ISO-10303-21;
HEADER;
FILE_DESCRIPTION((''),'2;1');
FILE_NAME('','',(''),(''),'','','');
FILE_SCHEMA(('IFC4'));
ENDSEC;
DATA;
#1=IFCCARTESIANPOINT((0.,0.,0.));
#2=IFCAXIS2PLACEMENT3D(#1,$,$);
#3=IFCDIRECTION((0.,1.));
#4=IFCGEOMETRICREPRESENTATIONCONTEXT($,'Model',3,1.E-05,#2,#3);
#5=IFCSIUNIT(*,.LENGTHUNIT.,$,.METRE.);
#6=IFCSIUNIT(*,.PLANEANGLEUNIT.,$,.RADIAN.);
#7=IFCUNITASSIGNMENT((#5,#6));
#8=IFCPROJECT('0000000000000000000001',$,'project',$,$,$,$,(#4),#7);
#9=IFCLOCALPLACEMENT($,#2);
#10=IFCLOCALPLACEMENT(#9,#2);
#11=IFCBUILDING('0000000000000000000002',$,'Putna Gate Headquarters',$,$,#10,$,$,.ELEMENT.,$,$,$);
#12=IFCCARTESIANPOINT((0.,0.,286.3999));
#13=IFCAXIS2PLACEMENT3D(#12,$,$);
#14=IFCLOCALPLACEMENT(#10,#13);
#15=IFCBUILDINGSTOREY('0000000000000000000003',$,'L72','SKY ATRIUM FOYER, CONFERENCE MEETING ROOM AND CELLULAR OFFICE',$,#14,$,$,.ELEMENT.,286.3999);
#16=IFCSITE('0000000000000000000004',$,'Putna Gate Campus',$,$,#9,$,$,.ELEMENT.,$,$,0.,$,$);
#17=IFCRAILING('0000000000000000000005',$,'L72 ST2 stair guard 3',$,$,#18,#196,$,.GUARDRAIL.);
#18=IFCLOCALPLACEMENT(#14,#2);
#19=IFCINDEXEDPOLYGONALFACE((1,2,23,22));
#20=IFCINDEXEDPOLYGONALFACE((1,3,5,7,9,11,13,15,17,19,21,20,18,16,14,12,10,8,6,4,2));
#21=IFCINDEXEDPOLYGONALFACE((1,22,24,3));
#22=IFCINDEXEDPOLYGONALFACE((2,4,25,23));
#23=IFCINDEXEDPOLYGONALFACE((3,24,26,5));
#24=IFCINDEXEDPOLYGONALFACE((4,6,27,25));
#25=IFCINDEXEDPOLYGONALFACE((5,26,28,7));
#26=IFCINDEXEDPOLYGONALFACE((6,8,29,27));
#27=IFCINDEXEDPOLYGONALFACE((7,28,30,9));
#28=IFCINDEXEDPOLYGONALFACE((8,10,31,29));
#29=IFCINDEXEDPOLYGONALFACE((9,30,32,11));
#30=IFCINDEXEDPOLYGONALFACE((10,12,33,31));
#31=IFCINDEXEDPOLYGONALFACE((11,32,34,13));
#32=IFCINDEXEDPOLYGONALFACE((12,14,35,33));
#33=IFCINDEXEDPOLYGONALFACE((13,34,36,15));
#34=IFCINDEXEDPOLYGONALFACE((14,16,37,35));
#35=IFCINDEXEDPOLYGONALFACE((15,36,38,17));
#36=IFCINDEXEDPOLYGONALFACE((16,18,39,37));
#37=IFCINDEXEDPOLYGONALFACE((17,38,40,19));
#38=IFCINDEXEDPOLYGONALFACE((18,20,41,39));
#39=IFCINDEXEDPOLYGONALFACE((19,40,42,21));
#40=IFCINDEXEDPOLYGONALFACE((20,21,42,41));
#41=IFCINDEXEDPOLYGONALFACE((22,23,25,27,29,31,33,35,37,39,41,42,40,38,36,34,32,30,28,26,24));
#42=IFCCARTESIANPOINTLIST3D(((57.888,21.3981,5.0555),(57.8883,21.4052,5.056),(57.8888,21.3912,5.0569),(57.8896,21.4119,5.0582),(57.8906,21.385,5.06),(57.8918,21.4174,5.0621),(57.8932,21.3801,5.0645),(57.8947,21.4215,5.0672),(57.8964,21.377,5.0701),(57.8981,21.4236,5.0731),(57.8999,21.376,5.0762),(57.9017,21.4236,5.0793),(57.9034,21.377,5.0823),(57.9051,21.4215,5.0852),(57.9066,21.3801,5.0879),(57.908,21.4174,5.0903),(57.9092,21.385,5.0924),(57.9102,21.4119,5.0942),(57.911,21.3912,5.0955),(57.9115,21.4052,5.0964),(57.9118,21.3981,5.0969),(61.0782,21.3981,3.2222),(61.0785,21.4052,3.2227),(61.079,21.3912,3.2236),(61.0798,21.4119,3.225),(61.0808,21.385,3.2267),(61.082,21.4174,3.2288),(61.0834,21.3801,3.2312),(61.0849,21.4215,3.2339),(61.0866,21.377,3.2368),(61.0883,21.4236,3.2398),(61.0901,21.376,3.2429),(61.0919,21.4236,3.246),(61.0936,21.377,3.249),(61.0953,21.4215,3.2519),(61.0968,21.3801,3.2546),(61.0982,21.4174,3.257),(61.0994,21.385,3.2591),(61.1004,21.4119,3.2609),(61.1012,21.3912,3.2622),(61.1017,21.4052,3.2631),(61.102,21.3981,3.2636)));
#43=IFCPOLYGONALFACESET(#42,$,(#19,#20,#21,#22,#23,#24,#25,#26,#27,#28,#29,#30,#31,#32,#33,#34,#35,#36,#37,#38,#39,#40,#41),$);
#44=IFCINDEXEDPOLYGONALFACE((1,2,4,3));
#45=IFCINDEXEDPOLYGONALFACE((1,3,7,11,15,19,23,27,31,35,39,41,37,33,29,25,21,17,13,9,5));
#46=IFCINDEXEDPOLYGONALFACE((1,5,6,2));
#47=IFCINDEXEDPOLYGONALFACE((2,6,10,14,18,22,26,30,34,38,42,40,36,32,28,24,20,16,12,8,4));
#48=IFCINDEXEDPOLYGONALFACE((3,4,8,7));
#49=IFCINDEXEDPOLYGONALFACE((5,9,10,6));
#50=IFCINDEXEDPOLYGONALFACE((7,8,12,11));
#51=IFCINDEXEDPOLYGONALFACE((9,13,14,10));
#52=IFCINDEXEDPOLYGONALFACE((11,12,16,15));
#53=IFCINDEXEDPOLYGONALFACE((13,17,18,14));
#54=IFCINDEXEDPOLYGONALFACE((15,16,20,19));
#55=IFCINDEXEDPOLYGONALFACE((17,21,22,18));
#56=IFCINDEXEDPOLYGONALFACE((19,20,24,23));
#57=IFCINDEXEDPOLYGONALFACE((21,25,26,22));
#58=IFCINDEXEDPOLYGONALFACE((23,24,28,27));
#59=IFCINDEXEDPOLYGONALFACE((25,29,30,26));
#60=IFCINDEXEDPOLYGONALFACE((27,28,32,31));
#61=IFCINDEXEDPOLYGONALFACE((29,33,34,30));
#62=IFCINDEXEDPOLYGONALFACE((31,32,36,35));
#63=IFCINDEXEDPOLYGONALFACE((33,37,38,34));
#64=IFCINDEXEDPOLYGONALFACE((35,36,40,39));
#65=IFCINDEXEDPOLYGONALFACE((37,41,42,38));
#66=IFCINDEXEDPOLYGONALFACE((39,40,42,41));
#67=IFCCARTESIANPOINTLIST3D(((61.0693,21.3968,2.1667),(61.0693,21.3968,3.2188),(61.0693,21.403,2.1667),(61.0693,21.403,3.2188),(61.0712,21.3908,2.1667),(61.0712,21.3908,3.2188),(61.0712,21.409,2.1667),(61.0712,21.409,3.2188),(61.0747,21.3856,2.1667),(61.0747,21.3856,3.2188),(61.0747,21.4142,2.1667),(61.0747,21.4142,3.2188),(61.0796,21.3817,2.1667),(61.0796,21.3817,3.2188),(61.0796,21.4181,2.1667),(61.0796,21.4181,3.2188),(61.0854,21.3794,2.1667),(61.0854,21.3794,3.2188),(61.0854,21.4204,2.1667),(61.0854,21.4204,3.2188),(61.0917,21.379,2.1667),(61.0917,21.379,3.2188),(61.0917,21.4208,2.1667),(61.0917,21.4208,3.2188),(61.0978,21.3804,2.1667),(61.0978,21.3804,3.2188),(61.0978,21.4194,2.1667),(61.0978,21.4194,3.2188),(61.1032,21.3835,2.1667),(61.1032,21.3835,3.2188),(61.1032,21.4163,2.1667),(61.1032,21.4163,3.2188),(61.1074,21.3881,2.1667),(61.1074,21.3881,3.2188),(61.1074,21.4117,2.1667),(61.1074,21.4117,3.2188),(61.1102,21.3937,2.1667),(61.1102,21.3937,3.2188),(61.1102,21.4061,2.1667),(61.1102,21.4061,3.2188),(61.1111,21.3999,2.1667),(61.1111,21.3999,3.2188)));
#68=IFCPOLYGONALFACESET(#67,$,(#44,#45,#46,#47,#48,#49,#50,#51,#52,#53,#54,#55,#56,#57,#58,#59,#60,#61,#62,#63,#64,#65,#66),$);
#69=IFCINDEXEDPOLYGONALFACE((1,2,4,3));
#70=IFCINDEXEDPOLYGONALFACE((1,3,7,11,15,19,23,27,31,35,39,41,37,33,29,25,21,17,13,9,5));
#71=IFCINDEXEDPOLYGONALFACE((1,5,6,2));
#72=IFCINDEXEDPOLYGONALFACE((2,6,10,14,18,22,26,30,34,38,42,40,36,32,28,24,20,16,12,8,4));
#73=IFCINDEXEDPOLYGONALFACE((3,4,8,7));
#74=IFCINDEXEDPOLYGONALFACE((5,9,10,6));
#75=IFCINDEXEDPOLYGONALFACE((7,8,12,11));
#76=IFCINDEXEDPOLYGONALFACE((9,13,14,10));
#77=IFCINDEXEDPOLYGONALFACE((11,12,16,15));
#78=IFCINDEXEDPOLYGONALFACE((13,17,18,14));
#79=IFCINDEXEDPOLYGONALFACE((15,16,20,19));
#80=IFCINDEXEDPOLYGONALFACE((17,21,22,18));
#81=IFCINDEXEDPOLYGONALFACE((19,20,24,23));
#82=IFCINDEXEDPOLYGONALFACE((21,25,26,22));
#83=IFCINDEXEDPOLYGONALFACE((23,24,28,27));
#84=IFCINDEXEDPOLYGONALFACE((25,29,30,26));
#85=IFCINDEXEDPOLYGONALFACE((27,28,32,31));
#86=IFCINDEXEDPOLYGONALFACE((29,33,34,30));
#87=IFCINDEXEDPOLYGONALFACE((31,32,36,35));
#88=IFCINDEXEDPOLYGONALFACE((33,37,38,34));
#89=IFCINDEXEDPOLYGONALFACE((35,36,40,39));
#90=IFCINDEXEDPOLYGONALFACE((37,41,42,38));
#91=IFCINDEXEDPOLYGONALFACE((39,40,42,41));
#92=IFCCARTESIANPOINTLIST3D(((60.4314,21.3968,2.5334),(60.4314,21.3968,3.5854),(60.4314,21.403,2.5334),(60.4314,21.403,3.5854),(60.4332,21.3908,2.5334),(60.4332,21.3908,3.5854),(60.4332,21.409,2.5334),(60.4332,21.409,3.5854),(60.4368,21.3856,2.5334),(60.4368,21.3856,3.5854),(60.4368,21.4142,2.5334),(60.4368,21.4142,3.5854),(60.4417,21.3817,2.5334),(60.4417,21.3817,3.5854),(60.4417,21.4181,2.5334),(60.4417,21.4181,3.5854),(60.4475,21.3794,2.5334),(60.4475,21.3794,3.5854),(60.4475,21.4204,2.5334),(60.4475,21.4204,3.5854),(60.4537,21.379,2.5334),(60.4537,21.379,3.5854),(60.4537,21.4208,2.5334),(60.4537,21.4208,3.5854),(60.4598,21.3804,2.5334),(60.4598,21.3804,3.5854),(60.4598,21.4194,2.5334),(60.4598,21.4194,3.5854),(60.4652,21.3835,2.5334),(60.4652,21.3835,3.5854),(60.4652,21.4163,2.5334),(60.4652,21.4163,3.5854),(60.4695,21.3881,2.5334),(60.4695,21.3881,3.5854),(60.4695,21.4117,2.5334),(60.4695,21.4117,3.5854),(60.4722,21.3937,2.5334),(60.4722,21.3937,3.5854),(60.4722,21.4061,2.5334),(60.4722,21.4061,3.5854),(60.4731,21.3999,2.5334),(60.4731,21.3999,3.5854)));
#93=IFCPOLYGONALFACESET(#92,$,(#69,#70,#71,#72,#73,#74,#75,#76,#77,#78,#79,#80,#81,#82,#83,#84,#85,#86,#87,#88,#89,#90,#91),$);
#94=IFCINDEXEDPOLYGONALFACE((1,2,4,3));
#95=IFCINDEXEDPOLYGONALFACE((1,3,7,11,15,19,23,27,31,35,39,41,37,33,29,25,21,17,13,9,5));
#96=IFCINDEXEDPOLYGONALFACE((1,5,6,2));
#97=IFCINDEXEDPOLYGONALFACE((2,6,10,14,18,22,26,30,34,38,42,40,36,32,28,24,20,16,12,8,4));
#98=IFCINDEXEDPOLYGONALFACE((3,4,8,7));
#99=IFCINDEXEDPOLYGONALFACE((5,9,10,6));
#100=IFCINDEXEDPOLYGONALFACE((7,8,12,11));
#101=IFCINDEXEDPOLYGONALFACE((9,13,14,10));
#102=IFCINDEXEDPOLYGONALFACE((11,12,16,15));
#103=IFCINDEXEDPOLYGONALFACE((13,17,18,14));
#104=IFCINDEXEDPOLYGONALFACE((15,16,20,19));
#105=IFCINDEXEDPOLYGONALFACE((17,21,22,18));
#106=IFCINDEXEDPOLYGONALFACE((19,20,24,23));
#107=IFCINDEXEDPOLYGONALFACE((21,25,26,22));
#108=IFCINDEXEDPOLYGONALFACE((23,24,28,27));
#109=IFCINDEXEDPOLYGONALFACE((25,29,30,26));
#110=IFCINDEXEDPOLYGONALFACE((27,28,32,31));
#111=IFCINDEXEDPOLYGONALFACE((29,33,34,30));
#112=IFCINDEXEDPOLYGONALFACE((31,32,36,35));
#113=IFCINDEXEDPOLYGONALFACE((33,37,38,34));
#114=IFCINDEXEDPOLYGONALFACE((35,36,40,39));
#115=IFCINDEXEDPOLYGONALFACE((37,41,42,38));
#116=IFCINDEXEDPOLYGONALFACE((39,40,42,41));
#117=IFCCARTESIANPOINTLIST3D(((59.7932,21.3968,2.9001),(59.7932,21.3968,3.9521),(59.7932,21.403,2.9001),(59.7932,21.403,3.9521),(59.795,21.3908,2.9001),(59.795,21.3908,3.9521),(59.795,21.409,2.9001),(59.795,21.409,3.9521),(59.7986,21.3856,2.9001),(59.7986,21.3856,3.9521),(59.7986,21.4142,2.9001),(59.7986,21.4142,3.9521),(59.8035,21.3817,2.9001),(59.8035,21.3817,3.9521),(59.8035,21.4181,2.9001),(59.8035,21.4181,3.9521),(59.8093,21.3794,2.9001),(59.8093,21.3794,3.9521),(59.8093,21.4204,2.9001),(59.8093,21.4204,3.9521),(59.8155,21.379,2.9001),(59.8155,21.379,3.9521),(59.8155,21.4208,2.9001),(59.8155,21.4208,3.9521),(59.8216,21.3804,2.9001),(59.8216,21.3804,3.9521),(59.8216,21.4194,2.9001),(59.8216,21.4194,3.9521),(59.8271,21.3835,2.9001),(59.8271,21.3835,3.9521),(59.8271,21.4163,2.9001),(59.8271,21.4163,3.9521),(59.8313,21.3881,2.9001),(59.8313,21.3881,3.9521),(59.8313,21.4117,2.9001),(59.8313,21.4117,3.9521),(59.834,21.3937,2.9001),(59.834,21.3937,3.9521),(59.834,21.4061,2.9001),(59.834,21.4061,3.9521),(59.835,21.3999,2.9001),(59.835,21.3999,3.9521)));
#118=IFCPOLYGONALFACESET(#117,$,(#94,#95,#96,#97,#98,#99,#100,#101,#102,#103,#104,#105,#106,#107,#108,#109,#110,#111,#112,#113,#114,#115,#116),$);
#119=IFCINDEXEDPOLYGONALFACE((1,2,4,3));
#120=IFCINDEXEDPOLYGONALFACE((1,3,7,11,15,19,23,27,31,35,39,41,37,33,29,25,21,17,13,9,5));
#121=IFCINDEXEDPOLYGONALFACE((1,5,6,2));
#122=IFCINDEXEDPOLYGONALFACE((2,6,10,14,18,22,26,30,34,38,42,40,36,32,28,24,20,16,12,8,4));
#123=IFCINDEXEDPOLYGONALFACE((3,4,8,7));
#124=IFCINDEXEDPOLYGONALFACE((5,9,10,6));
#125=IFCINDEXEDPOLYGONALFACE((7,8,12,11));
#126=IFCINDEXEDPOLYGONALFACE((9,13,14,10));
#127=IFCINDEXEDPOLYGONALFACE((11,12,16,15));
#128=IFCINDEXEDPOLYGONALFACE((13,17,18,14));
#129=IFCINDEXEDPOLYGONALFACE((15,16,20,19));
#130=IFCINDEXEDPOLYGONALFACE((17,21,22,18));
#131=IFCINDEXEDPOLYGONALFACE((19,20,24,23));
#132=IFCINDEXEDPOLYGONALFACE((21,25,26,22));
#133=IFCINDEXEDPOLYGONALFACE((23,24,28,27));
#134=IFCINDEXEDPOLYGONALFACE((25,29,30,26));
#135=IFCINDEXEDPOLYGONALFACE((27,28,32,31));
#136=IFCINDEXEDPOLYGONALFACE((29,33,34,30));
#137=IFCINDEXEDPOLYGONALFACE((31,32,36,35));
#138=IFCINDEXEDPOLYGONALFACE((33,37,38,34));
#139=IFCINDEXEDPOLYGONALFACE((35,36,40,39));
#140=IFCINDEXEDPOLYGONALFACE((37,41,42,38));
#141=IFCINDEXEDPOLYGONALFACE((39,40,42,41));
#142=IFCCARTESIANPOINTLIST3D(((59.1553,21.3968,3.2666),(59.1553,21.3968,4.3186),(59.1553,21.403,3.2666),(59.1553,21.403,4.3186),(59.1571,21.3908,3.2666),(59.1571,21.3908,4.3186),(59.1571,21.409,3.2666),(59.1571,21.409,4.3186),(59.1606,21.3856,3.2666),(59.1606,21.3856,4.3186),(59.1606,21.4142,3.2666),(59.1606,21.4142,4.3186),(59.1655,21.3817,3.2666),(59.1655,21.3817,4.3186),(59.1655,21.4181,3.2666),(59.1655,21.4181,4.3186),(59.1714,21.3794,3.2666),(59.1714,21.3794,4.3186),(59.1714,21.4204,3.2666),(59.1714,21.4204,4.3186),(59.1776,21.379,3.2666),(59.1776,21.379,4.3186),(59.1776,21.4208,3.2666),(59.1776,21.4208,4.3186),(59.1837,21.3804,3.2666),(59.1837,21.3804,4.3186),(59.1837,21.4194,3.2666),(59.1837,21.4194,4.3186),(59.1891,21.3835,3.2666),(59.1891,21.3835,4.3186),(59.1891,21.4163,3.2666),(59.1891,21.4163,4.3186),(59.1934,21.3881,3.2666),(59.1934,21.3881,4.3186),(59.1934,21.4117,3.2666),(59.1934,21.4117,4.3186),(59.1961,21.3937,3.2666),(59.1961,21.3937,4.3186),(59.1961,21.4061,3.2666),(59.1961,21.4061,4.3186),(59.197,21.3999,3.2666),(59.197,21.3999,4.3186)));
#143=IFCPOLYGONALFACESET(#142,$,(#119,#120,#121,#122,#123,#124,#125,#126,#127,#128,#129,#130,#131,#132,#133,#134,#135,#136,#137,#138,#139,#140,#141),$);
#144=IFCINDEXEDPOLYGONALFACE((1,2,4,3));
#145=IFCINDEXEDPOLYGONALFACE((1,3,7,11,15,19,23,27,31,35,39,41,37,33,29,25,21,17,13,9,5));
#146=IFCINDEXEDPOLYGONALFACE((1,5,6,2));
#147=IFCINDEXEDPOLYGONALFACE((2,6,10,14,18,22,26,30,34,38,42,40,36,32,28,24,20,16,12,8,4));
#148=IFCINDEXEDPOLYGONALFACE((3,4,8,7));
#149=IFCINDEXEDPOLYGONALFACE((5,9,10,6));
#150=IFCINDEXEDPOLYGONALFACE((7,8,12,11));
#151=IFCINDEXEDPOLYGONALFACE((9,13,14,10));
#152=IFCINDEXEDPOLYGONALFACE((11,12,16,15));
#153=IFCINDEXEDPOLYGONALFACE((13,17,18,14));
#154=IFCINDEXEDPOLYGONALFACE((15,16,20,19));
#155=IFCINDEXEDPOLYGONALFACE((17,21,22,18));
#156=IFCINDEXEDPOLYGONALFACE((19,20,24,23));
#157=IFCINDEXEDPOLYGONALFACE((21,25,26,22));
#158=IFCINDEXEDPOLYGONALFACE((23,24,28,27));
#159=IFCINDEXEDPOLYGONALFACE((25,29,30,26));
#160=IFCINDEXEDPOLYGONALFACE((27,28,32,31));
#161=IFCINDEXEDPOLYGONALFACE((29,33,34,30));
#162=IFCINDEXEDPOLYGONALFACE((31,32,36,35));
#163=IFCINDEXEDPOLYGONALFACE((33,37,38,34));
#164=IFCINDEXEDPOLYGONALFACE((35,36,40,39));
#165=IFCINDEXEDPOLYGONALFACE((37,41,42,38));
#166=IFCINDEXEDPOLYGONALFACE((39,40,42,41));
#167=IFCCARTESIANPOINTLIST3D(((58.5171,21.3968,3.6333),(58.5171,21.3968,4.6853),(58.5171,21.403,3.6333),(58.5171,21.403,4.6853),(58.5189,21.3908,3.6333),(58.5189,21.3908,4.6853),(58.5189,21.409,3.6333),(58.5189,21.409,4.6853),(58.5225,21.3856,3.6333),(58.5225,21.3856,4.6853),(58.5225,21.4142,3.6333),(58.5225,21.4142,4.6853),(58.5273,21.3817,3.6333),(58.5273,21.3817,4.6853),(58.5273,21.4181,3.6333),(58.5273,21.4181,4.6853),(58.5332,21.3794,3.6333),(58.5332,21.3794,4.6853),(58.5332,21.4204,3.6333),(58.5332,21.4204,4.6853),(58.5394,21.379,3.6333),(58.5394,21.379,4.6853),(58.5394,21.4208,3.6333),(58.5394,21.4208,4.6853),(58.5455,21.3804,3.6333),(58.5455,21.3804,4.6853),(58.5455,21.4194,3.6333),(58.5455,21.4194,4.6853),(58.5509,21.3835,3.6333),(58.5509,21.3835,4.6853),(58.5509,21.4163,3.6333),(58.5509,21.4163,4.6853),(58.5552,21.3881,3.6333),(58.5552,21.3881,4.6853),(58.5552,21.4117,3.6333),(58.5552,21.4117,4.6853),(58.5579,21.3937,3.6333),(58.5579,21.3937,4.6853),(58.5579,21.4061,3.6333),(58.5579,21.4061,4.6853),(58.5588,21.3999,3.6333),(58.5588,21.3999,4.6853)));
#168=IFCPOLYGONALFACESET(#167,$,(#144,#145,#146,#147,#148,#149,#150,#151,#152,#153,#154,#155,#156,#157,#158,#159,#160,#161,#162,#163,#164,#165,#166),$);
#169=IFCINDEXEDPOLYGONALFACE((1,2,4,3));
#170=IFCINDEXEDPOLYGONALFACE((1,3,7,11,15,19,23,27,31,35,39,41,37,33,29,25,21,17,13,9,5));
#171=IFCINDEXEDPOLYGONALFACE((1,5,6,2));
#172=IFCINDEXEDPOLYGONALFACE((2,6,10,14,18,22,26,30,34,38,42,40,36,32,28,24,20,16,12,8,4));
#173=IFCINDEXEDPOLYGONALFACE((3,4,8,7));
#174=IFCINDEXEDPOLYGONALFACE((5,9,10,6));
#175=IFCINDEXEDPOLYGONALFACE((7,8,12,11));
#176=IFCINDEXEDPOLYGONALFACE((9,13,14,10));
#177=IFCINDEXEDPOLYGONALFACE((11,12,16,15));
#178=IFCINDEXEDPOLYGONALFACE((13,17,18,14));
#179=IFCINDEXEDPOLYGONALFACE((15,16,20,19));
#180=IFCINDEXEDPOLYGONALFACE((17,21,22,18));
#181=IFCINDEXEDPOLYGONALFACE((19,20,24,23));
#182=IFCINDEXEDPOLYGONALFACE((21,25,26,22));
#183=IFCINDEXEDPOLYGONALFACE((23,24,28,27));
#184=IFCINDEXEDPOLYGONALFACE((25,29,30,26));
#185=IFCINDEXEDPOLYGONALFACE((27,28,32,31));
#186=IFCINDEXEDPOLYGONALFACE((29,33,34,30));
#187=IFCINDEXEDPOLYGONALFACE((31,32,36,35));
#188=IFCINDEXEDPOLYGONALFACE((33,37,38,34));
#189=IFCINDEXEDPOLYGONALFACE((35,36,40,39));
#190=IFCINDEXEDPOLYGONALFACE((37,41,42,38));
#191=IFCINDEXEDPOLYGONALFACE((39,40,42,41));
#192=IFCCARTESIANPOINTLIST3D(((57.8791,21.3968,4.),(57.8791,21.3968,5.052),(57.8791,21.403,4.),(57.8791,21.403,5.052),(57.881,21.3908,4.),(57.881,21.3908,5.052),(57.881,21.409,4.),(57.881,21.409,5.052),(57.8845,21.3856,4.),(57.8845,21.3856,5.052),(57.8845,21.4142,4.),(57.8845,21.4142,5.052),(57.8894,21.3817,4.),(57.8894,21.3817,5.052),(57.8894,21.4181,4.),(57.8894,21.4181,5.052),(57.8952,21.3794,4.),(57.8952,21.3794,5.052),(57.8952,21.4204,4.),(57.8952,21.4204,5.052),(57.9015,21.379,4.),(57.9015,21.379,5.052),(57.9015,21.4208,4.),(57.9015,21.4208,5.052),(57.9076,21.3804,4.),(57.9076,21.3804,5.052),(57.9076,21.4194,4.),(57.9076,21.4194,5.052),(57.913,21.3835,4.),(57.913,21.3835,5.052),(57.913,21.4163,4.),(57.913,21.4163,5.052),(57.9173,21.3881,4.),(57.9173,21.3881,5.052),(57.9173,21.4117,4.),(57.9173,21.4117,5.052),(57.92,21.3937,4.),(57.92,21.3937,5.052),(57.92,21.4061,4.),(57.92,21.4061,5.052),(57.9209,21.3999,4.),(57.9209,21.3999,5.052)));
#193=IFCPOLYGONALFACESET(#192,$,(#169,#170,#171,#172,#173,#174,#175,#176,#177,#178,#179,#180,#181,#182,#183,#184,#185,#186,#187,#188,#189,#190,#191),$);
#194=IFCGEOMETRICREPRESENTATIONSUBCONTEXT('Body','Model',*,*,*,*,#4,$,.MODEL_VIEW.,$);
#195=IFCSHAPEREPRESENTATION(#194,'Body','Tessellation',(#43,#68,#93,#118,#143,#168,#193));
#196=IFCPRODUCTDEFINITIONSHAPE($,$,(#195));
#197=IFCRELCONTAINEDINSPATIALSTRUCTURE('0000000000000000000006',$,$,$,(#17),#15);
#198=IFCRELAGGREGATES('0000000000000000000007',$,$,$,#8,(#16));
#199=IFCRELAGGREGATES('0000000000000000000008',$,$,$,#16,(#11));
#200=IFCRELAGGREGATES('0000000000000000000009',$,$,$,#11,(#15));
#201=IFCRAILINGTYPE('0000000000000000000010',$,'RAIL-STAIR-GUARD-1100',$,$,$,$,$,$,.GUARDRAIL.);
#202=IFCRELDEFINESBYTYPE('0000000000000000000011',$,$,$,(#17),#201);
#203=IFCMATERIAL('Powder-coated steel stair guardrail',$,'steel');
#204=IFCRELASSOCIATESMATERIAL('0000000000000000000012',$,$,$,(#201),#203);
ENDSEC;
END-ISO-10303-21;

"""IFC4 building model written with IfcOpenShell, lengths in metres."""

from ifc_helpers import new_model, si_unit, direction, frame, origin, origin_2d, place, context, subcontext, project, spatial, circle, extrude, material, type_object, element, save


model = new_model("IFC4")

# Units and contexts
model_context = context("Model", 3, precision=1e-05, world=origin(), true_north=direction((0.0, 1.0)))
body_context = subcontext(model_context, "Body", "Model", "MODEL_VIEW")
ifc_project = project(units=[si_unit("LENGTHUNIT", "METRE"), si_unit("PLANEANGLEUNIT", "RADIAN")], contexts=[model_context])

# Site, building, storey
site_placement = place(None, origin())
site = spatial("IfcSite", under=ifc_project, at=site_placement, Name="Putna Gate Campus", CompositionType="ELEMENT", RefElevation=0.0)
building_placement = place(site_placement, origin())
building = spatial("IfcBuilding", under=site, at=building_placement, Name="Putna Gate Headquarters", CompositionType="ELEMENT")
storey_placement = place(building_placement, frame((0.0, 0.0, 286.3999)))
storey = spatial("IfcBuildingStorey", under=building, at=storey_placement, Name="L72", Description="SKY ATRIUM FOYER, CONFERENCE MEETING ROOM AND CELLULAR OFFICE", CompositionType="ELEMENT", Elevation=286.3999)

# Railing
ifc_material_1 = material(Name="Powder-coated steel stair guardrail", Category="steel")
railing_type = type_object("IfcRailingType", Name="RAIL-STAIR-GUARD-1100", PredefinedType="GUARDRAIL", material=ifc_material_1)
railing_1_placement = place(storey_placement, frame((61.0901, 21.3999, 2.1667)))
element("IfcRailing", 1, at=railing_1_placement, inside=storey, type_object=railing_type, Name="L72 ST2 stair guard 3", PredefinedType="GUARDRAIL", context=body_context, shape_type="SweptSolid", body=[
    extrude(circle(Radius=0.0239, at=origin_2d()), frame((0.0, 0.0, 1.0762), z_axis=(-0.867036, 0.0, 0.498245), x_axis=(0.0, -1.0, 0.0)), (0.0, 0.0, 1.0), 3.6794),
    extrude(circle(Radius=0.021, at=origin_2d()), origin(), (0.0, 0.0, 1.0), 1.052),
    extrude(circle(Radius=0.021, at=origin_2d()), frame((-0.6379, 0.0, 0.3667)), (0.0, 0.0, 1.0), 1.052),
    extrude(circle(Radius=0.021, at=origin_2d()), frame((-1.2761, 0.0, 0.7334)), (0.0, 0.0, 1.0), 1.052),
    extrude(circle(Radius=0.021, at=origin_2d()), frame((-1.9141, 0.0, 1.0999)), (0.0, 0.0, 1.0), 1.052),
    extrude(circle(Radius=0.021, at=origin_2d()), frame((-2.5522, 0.0, 1.4666)), (0.0, 0.0, 1.0), 1.052),
    extrude(circle(Radius=0.021, at=origin_2d()), frame((-3.1902, 0.0, 1.8333)), (0.0, 0.0, 1.0), 1.052),
])

save(model, "model.ifc")
